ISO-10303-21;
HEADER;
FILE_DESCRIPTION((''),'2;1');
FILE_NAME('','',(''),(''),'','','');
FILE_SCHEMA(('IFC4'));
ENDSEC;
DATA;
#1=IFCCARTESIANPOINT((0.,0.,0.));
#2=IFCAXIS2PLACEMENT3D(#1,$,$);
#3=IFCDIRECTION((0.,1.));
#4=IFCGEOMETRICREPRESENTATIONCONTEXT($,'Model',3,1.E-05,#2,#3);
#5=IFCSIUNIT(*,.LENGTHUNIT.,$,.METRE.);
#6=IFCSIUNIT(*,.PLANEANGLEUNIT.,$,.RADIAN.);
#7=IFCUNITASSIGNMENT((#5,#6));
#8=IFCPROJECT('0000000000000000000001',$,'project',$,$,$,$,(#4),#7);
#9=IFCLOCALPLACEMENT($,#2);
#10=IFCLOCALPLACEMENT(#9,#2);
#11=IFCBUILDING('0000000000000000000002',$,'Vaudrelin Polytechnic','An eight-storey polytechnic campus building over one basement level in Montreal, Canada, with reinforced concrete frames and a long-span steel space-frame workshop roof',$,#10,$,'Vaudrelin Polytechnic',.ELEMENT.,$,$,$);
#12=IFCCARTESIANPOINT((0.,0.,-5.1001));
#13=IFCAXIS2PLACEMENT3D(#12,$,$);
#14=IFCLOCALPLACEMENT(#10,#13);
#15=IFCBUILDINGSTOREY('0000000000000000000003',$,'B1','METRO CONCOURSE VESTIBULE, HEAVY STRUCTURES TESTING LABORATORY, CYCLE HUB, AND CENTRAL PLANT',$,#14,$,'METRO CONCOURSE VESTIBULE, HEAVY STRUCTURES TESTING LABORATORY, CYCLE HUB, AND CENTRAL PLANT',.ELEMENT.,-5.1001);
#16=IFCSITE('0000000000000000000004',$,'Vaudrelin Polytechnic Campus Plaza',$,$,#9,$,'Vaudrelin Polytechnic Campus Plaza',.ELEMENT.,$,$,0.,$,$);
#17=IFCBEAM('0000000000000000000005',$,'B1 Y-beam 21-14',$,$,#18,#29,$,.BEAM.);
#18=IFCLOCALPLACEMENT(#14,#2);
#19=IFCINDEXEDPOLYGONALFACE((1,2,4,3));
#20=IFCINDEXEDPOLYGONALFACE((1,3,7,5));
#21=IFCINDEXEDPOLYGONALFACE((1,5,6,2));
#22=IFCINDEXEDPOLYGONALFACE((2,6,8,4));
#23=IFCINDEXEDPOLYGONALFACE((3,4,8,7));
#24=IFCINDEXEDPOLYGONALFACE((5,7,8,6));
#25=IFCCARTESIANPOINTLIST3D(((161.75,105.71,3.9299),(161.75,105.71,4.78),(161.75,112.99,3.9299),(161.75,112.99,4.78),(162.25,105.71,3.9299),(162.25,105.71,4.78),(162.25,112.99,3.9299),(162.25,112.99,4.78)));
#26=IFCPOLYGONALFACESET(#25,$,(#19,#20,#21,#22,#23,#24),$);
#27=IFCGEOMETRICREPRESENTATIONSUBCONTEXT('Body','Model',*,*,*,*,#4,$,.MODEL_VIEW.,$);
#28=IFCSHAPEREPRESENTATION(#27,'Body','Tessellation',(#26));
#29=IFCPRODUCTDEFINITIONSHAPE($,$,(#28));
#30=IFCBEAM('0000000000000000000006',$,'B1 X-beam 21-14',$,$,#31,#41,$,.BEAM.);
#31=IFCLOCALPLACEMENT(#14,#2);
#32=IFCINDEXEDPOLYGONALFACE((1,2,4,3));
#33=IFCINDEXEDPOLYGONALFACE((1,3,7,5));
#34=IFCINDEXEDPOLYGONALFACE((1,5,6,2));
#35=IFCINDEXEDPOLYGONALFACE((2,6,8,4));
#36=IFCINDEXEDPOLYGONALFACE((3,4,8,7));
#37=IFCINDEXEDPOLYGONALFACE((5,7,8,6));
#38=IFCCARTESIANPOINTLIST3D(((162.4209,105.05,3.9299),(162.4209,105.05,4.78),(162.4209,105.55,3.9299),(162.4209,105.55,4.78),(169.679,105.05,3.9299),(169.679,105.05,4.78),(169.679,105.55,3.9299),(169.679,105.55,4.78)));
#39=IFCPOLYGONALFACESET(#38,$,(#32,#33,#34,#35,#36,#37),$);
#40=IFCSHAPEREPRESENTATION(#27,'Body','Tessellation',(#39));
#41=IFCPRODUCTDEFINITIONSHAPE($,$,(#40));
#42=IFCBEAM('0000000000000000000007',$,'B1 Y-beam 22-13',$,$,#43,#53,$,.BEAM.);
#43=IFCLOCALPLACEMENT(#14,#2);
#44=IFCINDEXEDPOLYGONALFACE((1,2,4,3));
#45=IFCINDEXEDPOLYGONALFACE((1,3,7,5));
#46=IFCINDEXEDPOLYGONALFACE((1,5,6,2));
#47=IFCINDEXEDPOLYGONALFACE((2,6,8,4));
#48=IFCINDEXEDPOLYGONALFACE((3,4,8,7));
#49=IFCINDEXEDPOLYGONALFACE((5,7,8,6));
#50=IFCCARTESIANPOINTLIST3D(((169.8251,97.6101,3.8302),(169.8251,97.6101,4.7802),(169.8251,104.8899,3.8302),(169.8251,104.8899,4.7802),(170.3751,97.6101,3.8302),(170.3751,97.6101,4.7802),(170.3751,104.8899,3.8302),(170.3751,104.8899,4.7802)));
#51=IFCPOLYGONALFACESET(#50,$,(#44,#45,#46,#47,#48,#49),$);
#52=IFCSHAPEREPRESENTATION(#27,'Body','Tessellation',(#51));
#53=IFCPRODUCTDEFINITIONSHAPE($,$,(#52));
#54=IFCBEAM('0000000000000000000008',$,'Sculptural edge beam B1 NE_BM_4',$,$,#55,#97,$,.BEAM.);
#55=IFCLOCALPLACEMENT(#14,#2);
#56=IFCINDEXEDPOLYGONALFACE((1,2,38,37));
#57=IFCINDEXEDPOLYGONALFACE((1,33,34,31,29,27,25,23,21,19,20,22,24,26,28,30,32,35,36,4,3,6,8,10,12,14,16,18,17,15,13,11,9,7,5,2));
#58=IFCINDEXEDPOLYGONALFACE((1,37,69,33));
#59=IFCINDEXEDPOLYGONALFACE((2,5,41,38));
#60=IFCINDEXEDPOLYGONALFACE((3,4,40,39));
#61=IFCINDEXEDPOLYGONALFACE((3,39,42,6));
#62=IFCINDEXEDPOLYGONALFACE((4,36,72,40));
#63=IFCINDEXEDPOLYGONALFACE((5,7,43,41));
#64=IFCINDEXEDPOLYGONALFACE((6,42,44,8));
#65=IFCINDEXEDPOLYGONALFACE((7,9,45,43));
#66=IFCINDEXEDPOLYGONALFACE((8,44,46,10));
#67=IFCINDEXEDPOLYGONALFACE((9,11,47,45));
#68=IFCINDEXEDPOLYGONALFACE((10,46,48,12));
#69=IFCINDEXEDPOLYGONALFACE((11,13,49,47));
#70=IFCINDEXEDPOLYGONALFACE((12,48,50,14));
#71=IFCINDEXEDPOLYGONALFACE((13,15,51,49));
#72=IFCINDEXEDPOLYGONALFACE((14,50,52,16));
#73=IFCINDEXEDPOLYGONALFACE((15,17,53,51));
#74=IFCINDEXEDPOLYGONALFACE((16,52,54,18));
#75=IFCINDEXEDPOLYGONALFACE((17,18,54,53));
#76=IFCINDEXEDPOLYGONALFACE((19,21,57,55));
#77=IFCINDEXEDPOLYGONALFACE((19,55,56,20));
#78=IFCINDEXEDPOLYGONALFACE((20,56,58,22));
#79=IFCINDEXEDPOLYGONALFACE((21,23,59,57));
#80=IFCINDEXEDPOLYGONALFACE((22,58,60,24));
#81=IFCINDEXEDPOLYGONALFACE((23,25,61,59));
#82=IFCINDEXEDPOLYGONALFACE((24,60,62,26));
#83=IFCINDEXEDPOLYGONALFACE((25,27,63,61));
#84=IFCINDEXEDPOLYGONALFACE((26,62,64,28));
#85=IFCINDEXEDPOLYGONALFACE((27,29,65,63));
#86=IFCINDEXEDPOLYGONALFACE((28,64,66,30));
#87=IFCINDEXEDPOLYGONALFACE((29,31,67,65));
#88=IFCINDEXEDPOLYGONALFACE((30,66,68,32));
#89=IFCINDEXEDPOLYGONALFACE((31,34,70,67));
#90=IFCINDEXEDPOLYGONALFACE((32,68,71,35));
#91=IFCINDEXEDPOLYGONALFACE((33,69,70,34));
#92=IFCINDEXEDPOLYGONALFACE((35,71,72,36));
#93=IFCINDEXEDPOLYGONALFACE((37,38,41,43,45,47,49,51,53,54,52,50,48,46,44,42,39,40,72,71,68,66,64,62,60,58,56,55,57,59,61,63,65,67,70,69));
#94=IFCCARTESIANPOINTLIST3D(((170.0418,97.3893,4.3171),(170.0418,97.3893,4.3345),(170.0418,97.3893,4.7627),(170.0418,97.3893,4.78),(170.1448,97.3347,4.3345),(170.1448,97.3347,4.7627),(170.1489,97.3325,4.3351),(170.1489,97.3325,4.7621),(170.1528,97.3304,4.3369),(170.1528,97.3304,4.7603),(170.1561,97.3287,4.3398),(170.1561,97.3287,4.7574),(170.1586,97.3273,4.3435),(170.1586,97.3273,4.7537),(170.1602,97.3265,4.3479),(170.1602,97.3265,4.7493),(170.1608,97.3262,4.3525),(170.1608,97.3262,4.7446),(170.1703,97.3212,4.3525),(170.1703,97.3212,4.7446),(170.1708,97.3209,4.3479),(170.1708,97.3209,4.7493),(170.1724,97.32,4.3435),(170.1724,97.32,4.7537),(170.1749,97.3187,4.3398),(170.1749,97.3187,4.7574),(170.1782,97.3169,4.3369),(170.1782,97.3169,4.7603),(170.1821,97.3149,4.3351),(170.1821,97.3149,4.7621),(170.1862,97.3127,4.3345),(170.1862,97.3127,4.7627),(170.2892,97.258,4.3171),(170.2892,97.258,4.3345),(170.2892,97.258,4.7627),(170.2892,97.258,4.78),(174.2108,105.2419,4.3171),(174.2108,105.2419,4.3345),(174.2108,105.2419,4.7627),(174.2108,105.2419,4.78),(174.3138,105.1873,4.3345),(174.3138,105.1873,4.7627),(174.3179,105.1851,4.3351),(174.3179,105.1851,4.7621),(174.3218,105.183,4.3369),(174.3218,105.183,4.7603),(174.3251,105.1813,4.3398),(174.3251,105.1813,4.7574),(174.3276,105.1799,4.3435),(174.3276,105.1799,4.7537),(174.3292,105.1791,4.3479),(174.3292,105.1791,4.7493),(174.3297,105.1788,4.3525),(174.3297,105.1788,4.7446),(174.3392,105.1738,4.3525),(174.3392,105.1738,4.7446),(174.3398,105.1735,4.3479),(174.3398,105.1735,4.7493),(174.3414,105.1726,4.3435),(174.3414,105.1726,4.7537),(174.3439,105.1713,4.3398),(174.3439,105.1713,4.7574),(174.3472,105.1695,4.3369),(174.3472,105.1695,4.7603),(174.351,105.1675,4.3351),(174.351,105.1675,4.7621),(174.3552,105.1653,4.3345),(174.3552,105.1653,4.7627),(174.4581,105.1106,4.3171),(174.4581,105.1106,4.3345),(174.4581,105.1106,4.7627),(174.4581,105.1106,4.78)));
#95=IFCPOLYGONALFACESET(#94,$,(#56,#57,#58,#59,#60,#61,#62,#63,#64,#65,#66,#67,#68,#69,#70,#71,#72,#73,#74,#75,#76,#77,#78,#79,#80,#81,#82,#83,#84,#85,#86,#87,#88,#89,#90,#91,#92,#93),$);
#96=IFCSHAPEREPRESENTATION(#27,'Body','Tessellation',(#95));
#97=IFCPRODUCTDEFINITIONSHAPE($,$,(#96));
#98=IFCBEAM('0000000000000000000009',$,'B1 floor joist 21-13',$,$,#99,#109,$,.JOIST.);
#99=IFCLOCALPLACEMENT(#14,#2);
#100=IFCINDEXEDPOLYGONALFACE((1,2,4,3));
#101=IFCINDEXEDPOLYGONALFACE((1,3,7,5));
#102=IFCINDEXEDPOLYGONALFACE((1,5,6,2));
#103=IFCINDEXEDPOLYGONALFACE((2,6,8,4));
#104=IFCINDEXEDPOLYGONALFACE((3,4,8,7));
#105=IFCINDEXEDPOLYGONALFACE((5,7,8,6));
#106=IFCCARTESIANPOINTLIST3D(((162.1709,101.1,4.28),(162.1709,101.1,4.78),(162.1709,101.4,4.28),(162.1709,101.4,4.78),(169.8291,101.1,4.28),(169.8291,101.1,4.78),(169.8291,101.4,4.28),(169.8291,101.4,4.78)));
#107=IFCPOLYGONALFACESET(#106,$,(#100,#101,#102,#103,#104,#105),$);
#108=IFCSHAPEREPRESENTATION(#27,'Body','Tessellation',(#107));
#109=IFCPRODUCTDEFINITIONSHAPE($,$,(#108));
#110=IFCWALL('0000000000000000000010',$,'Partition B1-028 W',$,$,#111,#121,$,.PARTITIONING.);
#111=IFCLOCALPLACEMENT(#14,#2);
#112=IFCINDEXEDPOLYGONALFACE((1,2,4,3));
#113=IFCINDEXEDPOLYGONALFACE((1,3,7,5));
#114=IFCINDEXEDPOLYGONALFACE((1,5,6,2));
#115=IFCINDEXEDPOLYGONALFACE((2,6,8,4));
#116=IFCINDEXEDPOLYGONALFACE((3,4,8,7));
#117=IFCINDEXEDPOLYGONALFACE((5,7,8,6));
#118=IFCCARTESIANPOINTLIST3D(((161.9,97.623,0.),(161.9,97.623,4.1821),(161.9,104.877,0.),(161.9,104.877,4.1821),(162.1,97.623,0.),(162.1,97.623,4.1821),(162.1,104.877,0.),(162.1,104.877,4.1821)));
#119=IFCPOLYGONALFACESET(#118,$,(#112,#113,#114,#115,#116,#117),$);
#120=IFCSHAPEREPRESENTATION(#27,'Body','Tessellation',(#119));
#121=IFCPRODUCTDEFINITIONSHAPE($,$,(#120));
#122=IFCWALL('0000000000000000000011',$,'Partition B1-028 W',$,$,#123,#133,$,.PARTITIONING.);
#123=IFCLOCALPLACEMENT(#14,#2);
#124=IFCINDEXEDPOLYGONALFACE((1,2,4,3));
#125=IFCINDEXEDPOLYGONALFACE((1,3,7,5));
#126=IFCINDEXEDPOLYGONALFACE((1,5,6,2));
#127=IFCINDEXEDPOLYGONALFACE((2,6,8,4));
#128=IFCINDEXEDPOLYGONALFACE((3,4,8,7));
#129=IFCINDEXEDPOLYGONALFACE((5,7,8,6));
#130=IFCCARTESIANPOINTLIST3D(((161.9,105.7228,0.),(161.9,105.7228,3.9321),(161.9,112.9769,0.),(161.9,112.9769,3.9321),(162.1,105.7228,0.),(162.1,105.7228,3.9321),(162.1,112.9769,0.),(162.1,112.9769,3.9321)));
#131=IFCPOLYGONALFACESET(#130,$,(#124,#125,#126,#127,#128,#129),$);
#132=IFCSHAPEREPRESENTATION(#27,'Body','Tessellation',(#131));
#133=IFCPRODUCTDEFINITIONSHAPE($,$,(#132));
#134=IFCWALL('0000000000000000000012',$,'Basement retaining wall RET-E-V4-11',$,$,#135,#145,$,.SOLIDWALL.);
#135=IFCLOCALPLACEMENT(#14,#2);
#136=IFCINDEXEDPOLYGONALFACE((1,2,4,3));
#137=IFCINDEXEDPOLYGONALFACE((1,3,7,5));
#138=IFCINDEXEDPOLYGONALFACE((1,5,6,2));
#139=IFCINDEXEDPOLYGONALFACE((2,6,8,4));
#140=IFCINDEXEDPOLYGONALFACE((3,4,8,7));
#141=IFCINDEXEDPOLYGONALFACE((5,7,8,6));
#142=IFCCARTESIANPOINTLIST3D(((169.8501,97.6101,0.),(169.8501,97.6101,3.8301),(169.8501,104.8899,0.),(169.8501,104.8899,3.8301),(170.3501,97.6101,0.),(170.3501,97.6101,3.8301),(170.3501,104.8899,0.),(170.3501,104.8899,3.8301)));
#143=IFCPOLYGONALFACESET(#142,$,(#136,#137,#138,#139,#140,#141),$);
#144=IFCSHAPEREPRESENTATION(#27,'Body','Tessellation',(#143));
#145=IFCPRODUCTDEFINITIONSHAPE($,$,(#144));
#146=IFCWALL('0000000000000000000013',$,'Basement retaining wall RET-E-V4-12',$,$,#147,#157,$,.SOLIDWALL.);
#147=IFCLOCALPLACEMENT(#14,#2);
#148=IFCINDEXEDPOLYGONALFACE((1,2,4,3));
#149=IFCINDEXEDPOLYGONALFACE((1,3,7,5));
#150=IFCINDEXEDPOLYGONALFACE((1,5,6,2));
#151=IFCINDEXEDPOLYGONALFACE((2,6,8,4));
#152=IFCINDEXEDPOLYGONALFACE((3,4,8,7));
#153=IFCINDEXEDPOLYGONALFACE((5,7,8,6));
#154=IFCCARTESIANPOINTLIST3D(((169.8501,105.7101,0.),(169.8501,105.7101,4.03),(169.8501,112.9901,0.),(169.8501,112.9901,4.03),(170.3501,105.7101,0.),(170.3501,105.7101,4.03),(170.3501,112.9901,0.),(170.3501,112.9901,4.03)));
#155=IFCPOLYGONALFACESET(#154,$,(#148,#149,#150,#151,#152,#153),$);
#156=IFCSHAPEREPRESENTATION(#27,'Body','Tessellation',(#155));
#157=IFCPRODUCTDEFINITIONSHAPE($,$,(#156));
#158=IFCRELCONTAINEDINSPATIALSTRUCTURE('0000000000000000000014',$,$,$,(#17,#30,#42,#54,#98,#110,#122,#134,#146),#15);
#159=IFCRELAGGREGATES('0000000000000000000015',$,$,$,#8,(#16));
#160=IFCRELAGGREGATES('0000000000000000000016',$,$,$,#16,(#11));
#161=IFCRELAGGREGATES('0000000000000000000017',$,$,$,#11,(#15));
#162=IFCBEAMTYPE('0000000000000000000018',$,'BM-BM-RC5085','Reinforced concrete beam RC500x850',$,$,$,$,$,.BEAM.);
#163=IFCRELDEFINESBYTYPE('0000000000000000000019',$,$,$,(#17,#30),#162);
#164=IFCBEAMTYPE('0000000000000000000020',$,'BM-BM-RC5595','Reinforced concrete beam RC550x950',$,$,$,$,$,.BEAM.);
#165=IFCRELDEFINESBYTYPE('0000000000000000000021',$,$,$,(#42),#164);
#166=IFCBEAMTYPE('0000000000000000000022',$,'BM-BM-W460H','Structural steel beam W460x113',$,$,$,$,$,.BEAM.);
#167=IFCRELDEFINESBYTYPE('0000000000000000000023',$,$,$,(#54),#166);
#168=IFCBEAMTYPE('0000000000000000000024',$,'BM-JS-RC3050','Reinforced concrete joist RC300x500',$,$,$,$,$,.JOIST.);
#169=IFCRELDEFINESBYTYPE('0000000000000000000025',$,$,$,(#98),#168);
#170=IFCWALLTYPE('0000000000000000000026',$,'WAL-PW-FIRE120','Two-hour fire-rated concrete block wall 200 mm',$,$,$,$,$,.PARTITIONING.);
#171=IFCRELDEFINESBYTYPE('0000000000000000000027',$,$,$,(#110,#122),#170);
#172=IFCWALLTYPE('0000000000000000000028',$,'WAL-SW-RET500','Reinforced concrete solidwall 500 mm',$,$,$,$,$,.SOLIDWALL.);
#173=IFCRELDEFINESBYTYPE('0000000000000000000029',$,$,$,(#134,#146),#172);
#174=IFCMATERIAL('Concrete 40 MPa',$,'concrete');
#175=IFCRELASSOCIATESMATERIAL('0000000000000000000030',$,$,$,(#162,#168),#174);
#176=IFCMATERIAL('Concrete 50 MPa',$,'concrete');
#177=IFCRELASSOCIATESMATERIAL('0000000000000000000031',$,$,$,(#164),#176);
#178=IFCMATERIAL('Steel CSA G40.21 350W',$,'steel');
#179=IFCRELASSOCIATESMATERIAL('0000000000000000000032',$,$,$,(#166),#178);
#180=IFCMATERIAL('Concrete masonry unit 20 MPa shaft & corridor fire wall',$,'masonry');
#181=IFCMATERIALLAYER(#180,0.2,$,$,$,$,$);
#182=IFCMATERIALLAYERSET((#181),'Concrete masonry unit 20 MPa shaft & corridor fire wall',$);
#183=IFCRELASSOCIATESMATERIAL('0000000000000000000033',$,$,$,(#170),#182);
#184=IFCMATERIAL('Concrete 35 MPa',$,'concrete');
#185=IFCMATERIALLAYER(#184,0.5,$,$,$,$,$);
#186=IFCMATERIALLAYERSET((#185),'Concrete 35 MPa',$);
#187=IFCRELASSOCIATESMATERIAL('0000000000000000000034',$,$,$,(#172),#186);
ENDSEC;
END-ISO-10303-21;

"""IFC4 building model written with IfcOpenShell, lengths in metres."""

from ifc_helpers import new_model, si_unit, direction, frame, frame_2d, origin, origin_2d, place, context, subcontext, project, spatial, rectangle, i_section, extrude, material, layer, layer_set, material_profile, profile_set, type_object, element, save


model = new_model("IFC4")

# Units and contexts
model_context = context("Model", 3, precision=1e-05, world=origin(), true_north=direction((0.0, 1.0)))
body_context = subcontext(model_context, "Body", "Model", "MODEL_VIEW")
ifc_project = project(units=[si_unit("LENGTHUNIT", "METRE"), si_unit("PLANEANGLEUNIT", "RADIAN")], contexts=[model_context])

# Site, building, storey
site_placement = place(None, origin())
site = spatial("IfcSite", under=ifc_project, at=site_placement, Name="Vaudrelin Polytechnic Campus Plaza", LongName="Vaudrelin Polytechnic Campus Plaza", CompositionType="ELEMENT", RefElevation=0.0)
building_placement = place(site_placement, origin())
building = spatial("IfcBuilding", under=site, at=building_placement, Name="Vaudrelin Polytechnic", Description="An eight-storey polytechnic campus building over one basement level in Montreal, Canada, with reinforced concrete frames and a long-span steel space-frame workshop roof", LongName="Vaudrelin Polytechnic", CompositionType="ELEMENT")
storey_placement = place(building_placement, frame((0.0, 0.0, -5.1001)))
storey = spatial("IfcBuildingStorey", under=building, at=storey_placement, Name="B1", Description="METRO CONCOURSE VESTIBULE, HEAVY STRUCTURES TESTING LABORATORY, CYCLE HUB, AND CENTRAL PLANT", LongName="METRO CONCOURSE VESTIBULE, HEAVY STRUCTURES TESTING LABORATORY, CYCLE HUB, AND CENTRAL PLANT", CompositionType="ELEMENT", Elevation=-5.1001)

# Shared definitions
ifc_material_1 = material(Name="Concrete 40 MPa", Category="concrete")

# Shared definitions
ifc_material_2 = material(Name="Concrete 50 MPa", Category="concrete")

# Beams
ifc_material_profile_1 = material_profile(ifc_material_1, rectangle(XDim=0.5, YDim=0.8501, at=origin_2d()), Name="RC500x850")
ifc_profile_set_1 = profile_set([ifc_material_profile_1], Name="Concrete 40 MPa")
beam_type_1 = type_object("IfcBeamType", Name="BM-BM-RC5085", Description="Reinforced concrete beam RC500x850", PredefinedType="BEAM", material=ifc_profile_set_1)
beam_1_placement = place(storey_placement, frame((162.0, 105.71, 4.355), z_axis=(0.0, 1.0, 0.0), x_axis=(-1.0, 0.0, 0.0)))
element("IfcBeam", 1, at=beam_1_placement, inside=storey, type_object=beam_type_1, Name="B1 Y-beam 21-14", PredefinedType="BEAM", context=body_context, shape_type="SweptSolid", body=[
    extrude(rectangle(XDim=0.5, YDim=0.8501, at=origin_2d()), origin(), (0.0, 0.0, 1.0), 7.28),
])
beam_2_placement = place(storey_placement, frame((162.4209, 105.3, 4.355), z_axis=(1.0, 0.0, 0.0), x_axis=(0.0, 1.0, 0.0)))
element("IfcBeam", 2, at=beam_2_placement, inside=storey, type_object=beam_type_1, Name="B1 X-beam 21-14", PredefinedType="BEAM", context=body_context, shape_type="SweptSolid", body=[
    extrude(rectangle(XDim=0.5, YDim=0.8501, at=origin_2d()), origin(), (0.0, 0.0, 1.0), 7.2581),
])
ifc_material_profile_2 = material_profile(ifc_material_2, rectangle(XDim=0.55, YDim=0.95, at=origin_2d()), Name="RC550x950")
ifc_profile_set_2 = profile_set([ifc_material_profile_2], Name="Concrete 50 MPa")
beam_type_2 = type_object("IfcBeamType", Name="BM-BM-RC5595", Description="Reinforced concrete beam RC550x950", PredefinedType="BEAM", material=ifc_profile_set_2)
beam_3_placement = place(storey_placement, frame((170.1001, 97.6101, 4.3052), z_axis=(0.0, 1.0, 0.0), x_axis=(-1.0, 0.0, 0.0)))
element("IfcBeam", 3, at=beam_3_placement, inside=storey, type_object=beam_type_2, Name="B1 Y-beam 22-13", PredefinedType="BEAM", context=body_context, shape_type="SweptSolid", body=[
    extrude(rectangle(XDim=0.55, YDim=0.95, at=origin_2d()), origin(), (0.0, 0.0, 1.0), 7.2798),
])
ifc_material_3 = material(Name="Steel CSA G40.21 350W", Category="steel")
ifc_material_profile_3 = material_profile(ifc_material_3, i_section(OverallWidth=0.28, OverallDepth=0.4629, WebThickness=0.0107, FlangeThickness=0.0173, FilletRadius=0.0181, at=origin_2d()), Name="W460x113")
ifc_profile_set_3 = profile_set([ifc_material_profile_3], Name="Steel CSA G40.21 350W")
beam_type_3 = type_object("IfcBeamType", Name="BM-BM-W460H", Description="Structural steel beam W460x113", PredefinedType="BEAM", material=ifc_profile_set_3)
beam_4_placement = place(storey_placement, frame((174.3345, 105.1763, 4.5486), z_axis=(-0.468917, -0.883242, 0.0), x_axis=(0.883242, -0.468917, 0.0)))
element("IfcBeam", 4, at=beam_4_placement, inside=storey, type_object=beam_type_3, Name="Sculptural edge beam B1 NE_BM_4", PredefinedType="BEAM", context=body_context, shape_type="SweptSolid", body=[
    extrude(i_section(OverallWidth=0.28, OverallDepth=0.4629, WebThickness=0.0107, FlangeThickness=0.0173, FilletRadius=0.0181, at=origin_2d()), origin(), (0.0, 0.0, 1.0), 8.8906),
])
ifc_material_profile_4 = material_profile(ifc_material_1, rectangle(XDim=0.3, YDim=0.5, at=origin_2d()), Name="RC300x500")
ifc_profile_set_4 = profile_set([ifc_material_profile_4], Name="Concrete 40 MPa")
beam_type_4 = type_object("IfcBeamType", Name="BM-JS-RC3050", Description="Reinforced concrete joist RC300x500", PredefinedType="JOIST", material=ifc_profile_set_4)
beam_5_placement = place(storey_placement, frame((162.1709, 101.25, 4.53), z_axis=(1.0, 0.0, 0.0), x_axis=(0.0, 1.0, 0.0)))
element("IfcBeam", 5, at=beam_5_placement, inside=storey, type_object=beam_type_4, Name="B1 floor joist 21-13", PredefinedType="JOIST", context=body_context, shape_type="SweptSolid", body=[
    extrude(rectangle(XDim=0.3, YDim=0.5, at=origin_2d()), origin(), (0.0, 0.0, 1.0), 7.6582),
])

# Walls
ifc_material_4 = material(Name="Concrete masonry unit 20 MPa shaft & corridor fire wall", Category="masonry")
ifc_layer_1 = layer(ifc_material_4, 0.2)
ifc_layer_set_1 = layer_set([ifc_layer_1], Name="Concrete masonry unit 20 MPa shaft & corridor fire wall")
wall_type_1 = type_object("IfcWallType", Name="WAL-PW-FIRE120", Description="Two-hour fire-rated concrete block wall 200 mm", PredefinedType="PARTITIONING", material=ifc_layer_set_1)
wall_1_placement = place(storey_placement, frame((162.0, 97.623, 0.0), z_axis=(0.0, 0.0, 1.0), x_axis=(0.0, 1.0, 0.0)))
element("IfcWall", 6, at=wall_1_placement, inside=storey, type_object=wall_type_1, Name="Partition B1-028 W", PredefinedType="PARTITIONING", context=body_context, shape_type="SweptSolid", body=[
    extrude(rectangle(XDim=7.2539, YDim=0.2, at=frame_2d((3.627, 0.0))), origin(), (0.0, 0.0, 1.0), 4.1821),
])
wall_2_placement = place(storey_placement, frame((162.0, 105.7229, 0.0), z_axis=(0.0, 0.0, 1.0), x_axis=(0.0, 1.0, 0.0)))
element("IfcWall", 7, at=wall_2_placement, inside=storey, type_object=wall_type_1, Name="Partition B1-028 W", PredefinedType="PARTITIONING", context=body_context, shape_type="SweptSolid", body=[
    extrude(rectangle(XDim=7.2542, YDim=0.2, at=frame_2d((3.627, 0.0))), origin(), (0.0, 0.0, 1.0), 3.9321),
])
ifc_material_5 = material(Name="Concrete 35 MPa", Category="concrete")
ifc_layer_2 = layer(ifc_material_5, 0.5)
ifc_layer_set_2 = layer_set([ifc_layer_2], Name="Concrete 35 MPa")
wall_type_2 = type_object("IfcWallType", Name="WAL-SW-RET500", Description="Reinforced concrete solidwall 500 mm", PredefinedType="SOLIDWALL", material=ifc_layer_set_2)
wall_3_placement = place(storey_placement, frame((170.1001, 97.6101, 0.0), z_axis=(0.0, 0.0, 1.0), x_axis=(0.0, 1.0, 0.0)))
element("IfcWall", 8, at=wall_3_placement, inside=storey, type_object=wall_type_2, Name="Basement retaining wall RET-E-V4-11", PredefinedType="SOLIDWALL", context=body_context, shape_type="SweptSolid", body=[
    extrude(rectangle(XDim=7.2798, YDim=0.5, at=frame_2d((3.6399, 0.0))), origin(), (0.0, 0.0, 1.0), 3.8301),
])
wall_4_placement = place(storey_placement, frame((170.1001, 105.71, 0.0), z_axis=(0.0, 0.0, 1.0), x_axis=(0.0, 1.0, 0.0)))
element("IfcWall", 9, at=wall_4_placement, inside=storey, type_object=wall_type_2, Name="Basement retaining wall RET-E-V4-12", PredefinedType="SOLIDWALL", context=body_context, shape_type="SweptSolid", body=[
    extrude(rectangle(XDim=7.28, YDim=0.5, at=frame_2d((3.6401, 0.0))), origin(), (0.0, 0.0, 1.0), 4.03),
])

save(model, "model.ifc")
